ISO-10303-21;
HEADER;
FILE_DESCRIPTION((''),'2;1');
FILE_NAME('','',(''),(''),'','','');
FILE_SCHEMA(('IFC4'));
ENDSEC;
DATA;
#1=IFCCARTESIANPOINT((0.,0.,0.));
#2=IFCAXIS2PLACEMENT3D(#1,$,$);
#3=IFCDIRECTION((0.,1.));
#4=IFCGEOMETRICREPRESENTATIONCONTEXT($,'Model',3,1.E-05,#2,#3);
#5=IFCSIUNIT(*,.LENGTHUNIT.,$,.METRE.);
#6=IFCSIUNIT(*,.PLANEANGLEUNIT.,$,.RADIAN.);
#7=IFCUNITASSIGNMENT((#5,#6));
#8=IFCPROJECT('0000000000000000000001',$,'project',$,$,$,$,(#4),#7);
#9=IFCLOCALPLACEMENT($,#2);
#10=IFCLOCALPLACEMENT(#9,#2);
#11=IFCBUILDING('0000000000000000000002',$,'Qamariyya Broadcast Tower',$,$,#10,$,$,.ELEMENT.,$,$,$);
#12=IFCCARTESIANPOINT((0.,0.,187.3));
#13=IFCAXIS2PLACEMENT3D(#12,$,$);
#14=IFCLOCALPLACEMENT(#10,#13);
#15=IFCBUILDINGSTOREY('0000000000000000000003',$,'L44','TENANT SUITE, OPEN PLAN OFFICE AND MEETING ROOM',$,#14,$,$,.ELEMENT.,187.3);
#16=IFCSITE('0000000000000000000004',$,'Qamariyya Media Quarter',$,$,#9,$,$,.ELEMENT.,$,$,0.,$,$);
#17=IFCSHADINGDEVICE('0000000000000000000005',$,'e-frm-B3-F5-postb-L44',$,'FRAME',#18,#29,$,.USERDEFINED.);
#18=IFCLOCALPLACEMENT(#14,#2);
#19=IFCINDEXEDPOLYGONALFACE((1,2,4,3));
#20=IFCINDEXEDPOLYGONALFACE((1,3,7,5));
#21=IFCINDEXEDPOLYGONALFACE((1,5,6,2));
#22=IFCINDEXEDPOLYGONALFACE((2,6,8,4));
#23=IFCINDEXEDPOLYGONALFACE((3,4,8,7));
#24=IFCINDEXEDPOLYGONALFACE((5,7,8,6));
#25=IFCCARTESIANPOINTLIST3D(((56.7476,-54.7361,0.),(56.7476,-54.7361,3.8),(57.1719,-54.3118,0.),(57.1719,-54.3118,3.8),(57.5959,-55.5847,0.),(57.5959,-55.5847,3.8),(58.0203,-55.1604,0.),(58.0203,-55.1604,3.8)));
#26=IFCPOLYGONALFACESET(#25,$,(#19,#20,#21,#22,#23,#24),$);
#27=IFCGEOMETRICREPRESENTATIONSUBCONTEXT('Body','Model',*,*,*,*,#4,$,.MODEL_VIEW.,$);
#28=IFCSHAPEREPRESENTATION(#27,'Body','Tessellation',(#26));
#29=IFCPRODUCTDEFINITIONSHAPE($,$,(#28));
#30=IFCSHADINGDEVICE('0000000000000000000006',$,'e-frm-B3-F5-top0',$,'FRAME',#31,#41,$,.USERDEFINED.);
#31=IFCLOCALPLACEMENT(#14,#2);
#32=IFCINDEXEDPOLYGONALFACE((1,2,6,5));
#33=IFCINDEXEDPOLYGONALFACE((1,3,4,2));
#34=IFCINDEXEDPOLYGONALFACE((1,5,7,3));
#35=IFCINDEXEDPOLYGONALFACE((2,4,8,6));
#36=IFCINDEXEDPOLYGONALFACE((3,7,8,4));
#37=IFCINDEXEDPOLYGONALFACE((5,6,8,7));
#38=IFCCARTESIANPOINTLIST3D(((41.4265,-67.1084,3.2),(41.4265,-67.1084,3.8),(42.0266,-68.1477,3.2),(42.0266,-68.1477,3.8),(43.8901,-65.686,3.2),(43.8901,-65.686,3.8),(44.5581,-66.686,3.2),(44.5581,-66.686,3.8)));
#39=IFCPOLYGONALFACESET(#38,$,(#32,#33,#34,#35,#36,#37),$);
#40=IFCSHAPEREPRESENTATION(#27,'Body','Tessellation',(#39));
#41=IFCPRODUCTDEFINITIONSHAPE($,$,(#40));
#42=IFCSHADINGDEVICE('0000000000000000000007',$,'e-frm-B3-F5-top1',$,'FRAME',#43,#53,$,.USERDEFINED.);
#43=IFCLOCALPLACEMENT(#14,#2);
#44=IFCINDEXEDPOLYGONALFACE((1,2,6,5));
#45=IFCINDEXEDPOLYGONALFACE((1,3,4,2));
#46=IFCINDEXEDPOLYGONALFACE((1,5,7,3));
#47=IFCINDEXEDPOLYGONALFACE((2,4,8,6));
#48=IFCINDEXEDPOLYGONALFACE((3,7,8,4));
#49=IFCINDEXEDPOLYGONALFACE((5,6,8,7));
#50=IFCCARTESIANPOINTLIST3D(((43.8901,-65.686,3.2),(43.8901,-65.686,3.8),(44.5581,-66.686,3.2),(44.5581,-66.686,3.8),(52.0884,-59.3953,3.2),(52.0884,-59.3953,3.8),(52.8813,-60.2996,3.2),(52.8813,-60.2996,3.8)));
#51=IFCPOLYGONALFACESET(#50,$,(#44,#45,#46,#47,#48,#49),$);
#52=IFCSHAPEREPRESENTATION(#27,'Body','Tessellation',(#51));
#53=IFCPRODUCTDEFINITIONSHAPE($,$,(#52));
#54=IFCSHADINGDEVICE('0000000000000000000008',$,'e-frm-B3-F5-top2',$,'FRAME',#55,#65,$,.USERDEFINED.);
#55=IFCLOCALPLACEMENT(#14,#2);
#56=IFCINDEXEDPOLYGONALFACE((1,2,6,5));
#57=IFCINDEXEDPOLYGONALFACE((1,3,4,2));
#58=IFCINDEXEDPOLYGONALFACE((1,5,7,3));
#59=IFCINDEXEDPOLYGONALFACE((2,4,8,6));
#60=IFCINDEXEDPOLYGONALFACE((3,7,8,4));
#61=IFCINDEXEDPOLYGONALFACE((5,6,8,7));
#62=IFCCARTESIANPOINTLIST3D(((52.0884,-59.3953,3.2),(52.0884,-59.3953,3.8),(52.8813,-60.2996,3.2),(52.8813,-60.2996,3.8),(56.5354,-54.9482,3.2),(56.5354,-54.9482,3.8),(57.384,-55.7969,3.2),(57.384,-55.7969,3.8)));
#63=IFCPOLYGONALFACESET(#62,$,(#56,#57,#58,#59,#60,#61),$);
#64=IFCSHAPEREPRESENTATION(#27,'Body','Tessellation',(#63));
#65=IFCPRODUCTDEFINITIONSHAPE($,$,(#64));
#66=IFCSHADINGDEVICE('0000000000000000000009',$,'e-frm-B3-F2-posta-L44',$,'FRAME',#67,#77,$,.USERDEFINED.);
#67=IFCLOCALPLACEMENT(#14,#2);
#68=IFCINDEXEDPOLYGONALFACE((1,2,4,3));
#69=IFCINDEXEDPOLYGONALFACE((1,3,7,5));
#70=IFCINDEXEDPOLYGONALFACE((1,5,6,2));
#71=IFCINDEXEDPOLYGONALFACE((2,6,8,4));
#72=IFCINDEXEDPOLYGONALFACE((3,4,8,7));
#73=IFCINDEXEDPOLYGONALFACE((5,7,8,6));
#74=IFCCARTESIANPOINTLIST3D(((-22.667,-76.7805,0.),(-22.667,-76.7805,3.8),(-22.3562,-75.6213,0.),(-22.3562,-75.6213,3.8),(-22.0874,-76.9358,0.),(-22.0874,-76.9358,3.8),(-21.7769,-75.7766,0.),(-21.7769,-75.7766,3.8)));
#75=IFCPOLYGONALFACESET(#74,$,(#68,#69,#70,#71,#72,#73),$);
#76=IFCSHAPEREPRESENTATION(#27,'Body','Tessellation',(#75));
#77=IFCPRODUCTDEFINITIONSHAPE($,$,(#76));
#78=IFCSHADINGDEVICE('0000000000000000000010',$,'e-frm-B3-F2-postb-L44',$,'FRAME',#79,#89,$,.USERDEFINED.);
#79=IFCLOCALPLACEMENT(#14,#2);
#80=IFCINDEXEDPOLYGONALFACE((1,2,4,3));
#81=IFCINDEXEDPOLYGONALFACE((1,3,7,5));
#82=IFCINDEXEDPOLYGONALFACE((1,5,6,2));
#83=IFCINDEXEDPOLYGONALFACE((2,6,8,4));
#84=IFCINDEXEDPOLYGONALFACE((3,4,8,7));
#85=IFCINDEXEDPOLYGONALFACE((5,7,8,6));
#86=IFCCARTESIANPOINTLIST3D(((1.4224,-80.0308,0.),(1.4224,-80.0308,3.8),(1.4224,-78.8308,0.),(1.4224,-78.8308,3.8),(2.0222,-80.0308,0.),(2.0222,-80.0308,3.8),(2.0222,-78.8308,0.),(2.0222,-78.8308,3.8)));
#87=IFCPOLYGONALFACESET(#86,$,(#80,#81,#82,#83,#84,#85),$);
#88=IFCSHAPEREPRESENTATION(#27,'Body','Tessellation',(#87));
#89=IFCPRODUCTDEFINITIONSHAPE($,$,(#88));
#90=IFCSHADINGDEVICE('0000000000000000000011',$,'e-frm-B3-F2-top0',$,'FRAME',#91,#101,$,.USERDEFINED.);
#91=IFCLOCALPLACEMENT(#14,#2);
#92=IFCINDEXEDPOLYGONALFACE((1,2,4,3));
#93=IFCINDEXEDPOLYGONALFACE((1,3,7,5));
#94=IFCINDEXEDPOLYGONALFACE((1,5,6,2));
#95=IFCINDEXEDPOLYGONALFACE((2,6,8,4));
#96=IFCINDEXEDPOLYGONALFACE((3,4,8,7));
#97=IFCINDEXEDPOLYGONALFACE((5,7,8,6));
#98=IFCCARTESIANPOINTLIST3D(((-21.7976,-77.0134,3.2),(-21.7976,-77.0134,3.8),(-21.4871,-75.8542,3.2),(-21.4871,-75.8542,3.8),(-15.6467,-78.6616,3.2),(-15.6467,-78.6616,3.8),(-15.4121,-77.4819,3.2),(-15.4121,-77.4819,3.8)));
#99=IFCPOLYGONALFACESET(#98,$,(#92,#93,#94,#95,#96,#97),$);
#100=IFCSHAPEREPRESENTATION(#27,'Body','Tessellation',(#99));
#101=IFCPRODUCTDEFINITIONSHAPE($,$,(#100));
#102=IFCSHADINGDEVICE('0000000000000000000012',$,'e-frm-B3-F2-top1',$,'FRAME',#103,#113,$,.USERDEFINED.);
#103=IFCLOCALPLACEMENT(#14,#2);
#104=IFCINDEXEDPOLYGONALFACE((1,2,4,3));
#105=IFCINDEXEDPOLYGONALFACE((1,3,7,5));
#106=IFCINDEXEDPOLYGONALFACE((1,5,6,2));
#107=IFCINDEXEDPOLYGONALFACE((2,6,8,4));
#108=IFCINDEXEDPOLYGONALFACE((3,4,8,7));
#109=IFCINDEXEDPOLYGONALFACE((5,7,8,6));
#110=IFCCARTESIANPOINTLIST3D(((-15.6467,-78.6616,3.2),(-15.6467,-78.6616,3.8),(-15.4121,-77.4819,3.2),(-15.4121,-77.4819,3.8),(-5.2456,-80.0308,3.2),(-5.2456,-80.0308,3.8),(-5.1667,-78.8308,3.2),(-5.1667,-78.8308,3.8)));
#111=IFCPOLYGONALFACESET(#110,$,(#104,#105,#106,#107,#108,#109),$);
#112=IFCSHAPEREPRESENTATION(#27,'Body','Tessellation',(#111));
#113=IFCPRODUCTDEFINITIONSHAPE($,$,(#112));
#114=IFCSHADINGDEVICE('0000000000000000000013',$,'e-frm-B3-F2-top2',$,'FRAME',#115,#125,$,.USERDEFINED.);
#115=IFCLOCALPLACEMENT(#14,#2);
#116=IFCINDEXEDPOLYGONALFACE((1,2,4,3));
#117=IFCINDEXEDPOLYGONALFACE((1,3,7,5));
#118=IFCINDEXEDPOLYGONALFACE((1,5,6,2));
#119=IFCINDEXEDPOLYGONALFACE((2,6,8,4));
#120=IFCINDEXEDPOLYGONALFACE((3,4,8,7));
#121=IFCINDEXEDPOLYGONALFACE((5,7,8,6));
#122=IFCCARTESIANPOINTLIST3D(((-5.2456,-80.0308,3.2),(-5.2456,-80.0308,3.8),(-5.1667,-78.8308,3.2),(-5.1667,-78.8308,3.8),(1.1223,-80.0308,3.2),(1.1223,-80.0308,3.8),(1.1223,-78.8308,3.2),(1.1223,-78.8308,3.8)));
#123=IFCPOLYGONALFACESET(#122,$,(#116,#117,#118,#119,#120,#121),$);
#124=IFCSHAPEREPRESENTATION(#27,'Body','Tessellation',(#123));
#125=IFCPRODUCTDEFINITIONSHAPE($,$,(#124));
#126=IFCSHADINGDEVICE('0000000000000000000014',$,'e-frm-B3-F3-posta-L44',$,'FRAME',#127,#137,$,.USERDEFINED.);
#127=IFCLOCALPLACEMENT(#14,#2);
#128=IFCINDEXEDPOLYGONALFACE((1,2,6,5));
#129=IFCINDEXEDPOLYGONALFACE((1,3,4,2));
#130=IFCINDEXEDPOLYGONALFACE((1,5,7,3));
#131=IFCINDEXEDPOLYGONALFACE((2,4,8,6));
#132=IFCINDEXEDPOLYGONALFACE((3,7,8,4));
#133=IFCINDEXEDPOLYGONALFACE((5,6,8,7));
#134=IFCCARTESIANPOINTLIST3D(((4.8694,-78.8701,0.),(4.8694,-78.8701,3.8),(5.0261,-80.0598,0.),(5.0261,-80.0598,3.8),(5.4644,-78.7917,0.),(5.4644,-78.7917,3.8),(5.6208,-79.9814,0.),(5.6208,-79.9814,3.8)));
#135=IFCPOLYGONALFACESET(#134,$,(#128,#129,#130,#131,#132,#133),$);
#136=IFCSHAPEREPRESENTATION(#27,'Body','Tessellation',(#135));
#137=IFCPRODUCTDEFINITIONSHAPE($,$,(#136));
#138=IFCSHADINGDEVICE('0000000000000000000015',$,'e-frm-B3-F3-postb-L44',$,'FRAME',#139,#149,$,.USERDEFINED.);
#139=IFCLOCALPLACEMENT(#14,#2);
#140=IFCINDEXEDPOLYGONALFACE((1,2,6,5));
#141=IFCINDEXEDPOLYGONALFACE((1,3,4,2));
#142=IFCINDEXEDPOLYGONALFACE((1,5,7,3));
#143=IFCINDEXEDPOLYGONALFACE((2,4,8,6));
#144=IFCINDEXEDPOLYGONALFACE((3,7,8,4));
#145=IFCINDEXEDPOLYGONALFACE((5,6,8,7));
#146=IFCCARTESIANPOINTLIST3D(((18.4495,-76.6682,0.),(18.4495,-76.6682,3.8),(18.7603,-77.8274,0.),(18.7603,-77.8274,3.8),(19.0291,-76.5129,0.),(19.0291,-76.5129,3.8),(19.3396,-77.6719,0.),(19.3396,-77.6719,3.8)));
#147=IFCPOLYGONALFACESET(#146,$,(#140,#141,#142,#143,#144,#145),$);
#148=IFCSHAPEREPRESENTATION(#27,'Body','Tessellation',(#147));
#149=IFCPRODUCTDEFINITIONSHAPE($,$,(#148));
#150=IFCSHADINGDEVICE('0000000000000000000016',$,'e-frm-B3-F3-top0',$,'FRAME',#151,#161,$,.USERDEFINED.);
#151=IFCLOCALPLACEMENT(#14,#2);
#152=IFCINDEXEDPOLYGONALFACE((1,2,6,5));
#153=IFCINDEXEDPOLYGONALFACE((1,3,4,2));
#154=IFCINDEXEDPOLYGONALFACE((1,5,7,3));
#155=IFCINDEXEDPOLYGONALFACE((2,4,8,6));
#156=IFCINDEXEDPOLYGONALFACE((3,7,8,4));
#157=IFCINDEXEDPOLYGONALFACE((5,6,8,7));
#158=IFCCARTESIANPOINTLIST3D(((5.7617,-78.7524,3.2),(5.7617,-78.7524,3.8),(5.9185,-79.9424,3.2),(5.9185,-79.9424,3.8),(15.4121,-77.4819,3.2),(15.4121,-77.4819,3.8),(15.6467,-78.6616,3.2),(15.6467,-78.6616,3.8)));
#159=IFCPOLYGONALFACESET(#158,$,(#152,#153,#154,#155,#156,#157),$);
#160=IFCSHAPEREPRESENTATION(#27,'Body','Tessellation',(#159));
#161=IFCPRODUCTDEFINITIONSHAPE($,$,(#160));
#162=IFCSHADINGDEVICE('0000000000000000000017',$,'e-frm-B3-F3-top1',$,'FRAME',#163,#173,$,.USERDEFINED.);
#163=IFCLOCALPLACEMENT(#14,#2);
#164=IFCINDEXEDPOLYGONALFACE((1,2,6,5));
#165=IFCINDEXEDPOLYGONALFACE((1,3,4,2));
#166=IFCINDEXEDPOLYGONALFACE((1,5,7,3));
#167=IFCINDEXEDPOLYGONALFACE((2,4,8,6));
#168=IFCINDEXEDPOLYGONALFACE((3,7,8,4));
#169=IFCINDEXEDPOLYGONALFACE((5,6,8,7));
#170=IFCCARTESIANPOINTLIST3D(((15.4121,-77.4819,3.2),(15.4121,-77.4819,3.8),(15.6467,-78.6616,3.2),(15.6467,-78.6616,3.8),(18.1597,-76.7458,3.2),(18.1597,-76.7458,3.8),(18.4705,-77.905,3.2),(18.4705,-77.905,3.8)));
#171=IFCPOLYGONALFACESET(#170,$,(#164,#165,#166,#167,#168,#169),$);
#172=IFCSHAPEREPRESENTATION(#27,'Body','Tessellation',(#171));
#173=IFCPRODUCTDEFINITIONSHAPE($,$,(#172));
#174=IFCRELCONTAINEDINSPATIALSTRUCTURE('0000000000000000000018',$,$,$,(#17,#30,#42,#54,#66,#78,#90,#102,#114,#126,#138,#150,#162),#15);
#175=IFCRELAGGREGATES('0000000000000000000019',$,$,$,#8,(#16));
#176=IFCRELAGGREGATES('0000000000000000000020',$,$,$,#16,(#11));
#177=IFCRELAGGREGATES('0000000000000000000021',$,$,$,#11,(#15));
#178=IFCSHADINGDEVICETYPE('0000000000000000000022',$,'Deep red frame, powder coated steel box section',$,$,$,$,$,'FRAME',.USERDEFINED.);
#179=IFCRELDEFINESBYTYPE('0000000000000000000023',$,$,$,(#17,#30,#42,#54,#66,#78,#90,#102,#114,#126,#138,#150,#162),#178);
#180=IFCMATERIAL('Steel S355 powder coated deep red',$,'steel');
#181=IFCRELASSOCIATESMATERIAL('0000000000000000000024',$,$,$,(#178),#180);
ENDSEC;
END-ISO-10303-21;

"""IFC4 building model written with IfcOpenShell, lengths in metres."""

from ifc_helpers import new_model, si_unit, direction, frame, origin, place, context, subcontext, project, spatial, polyline, outline, extrude, material, type_object, element, save


model = new_model("IFC4")

# Units and contexts
model_context = context("Model", 3, precision=1e-05, world=origin(), true_north=direction((0.0, 1.0)))
body_context = subcontext(model_context, "Body", "Model", "MODEL_VIEW")
ifc_project = project(units=[si_unit("LENGTHUNIT", "METRE"), si_unit("PLANEANGLEUNIT", "RADIAN")], contexts=[model_context])

# Site, building, storey
site_placement = place(None, origin())
building_placement = place(site_placement, origin())
storey_placement = place(building_placement, frame((0.0, 0.0, 187.3)))
site = spatial("IfcSite", under=ifc_project, at=site_placement, Name="Qamariyya Media Quarter", CompositionType="ELEMENT", RefElevation=0.0)
building = spatial("IfcBuilding", under=site, at=building_placement, Name="Qamariyya Broadcast Tower", CompositionType="ELEMENT")
storey = spatial("IfcBuildingStorey", under=building, at=storey_placement, Name="L44", Description="TENANT SUITE, OPEN PLAN OFFICE AND MEETING ROOM", CompositionType="ELEMENT", Elevation=187.3)

# Shading devices
ifc_material_1 = material(Name="Steel S355 powder coated deep red", Category="steel")
shading_device_type = type_object("IfcShadingDeviceType", Name="Deep red frame, powder coated steel box section", ElementType="FRAME", PredefinedType="USERDEFINED", material=ifc_material_1)
shading_device_1_placement = place(storey_placement, origin())
element("IfcShadingDevice", 1, at=shading_device_1_placement, inside=storey, type_object=shading_device_type, Name="e-frm-B3-F5-postb-L44", ObjectType="FRAME", PredefinedType="USERDEFINED", context=body_context, shape_type="SweptSolid", body=[
    extrude(outline(polyline([(56.7476, -54.7361), (57.5959, -55.5847), (58.0203, -55.1604), (57.1719, -54.3118), (56.7476, -54.7361)])), origin(), (0.0, 0.0, 1.0), 3.8),
])
shading_device_2_placement = place(storey_placement, frame((0.0, 0.0, 3.2)))
element("IfcShadingDevice", 2, at=shading_device_2_placement, inside=storey, type_object=shading_device_type, Name="e-frm-B3-F5-top0", ObjectType="FRAME", PredefinedType="USERDEFINED", context=body_context, shape_type="SweptSolid", body=[
    extrude(outline(polyline([(41.4265, -67.1084), (42.0266, -68.1477), (44.5581, -66.686), (43.8901, -65.686), (41.4265, -67.1084)])), origin(), (0.0, 0.0, 1.0), 0.6001),
])
shading_device_3_placement = place(storey_placement, frame((0.0, 0.0, 3.2)))
element("IfcShadingDevice", 3, at=shading_device_3_placement, inside=storey, type_object=shading_device_type, Name="e-frm-B3-F5-top1", ObjectType="FRAME", PredefinedType="USERDEFINED", context=body_context, shape_type="SweptSolid", body=[
    extrude(outline(polyline([(43.8901, -65.686), (44.5581, -66.686), (52.8813, -60.2996), (52.0884, -59.3953), (43.8901, -65.686)])), origin(), (0.0, 0.0, 1.0), 0.6001),
])
shading_device_4_placement = place(storey_placement, frame((0.0, 0.0, 3.2)))
element("IfcShadingDevice", 4, at=shading_device_4_placement, inside=storey, type_object=shading_device_type, Name="e-frm-B3-F5-top2", ObjectType="FRAME", PredefinedType="USERDEFINED", context=body_context, shape_type="SweptSolid", body=[
    extrude(outline(polyline([(52.0884, -59.3953), (52.8813, -60.2996), (57.384, -55.7969), (56.5354, -54.9482), (52.0884, -59.3953)])), origin(), (0.0, 0.0, 1.0), 0.6001),
])
shading_device_5_placement = place(storey_placement, origin())
element("IfcShadingDevice", 5, at=shading_device_5_placement, inside=storey, type_object=shading_device_type, Name="e-frm-B3-F2-posta-L44", ObjectType="FRAME", PredefinedType="USERDEFINED", context=body_context, shape_type="SweptSolid", body=[
    extrude(outline(polyline([(-22.3562, -75.6213), (-22.667, -76.7805), (-22.0874, -76.9358), (-21.7769, -75.7766), (-22.3562, -75.6213)])), origin(), (0.0, 0.0, 1.0), 3.8),
])
shading_device_6_placement = place(storey_placement, origin())
element("IfcShadingDevice", 6, at=shading_device_6_placement, inside=storey, type_object=shading_device_type, Name="e-frm-B3-F2-postb-L44", ObjectType="FRAME", PredefinedType="USERDEFINED", context=body_context, shape_type="SweptSolid", body=[
    extrude(outline(polyline([(1.4224, -78.8308), (1.4224, -80.0308), (2.0222, -80.0308), (2.0222, -78.8308), (1.4224, -78.8308)])), origin(), (0.0, 0.0, 1.0), 3.8),
])
shading_device_7_placement = place(storey_placement, frame((0.0, 0.0, 3.2)))
element("IfcShadingDevice", 7, at=shading_device_7_placement, inside=storey, type_object=shading_device_type, Name="e-frm-B3-F2-top0", ObjectType="FRAME", PredefinedType="USERDEFINED", context=body_context, shape_type="SweptSolid", body=[
    extrude(outline(polyline([(-21.4871, -75.8542), (-21.7976, -77.0134), (-15.6467, -78.6616), (-15.4121, -77.4819), (-21.4871, -75.8542)])), origin(), (0.0, 0.0, 1.0), 0.6001),
])
shading_device_8_placement = place(storey_placement, frame((0.0, 0.0, 3.2)))
element("IfcShadingDevice", 8, at=shading_device_8_placement, inside=storey, type_object=shading_device_type, Name="e-frm-B3-F2-top1", ObjectType="FRAME", PredefinedType="USERDEFINED", context=body_context, shape_type="SweptSolid", body=[
    extrude(outline(polyline([(-15.4121, -77.4819), (-15.6467, -78.6616), (-5.2456, -80.0308), (-5.1667, -78.8308), (-15.4121, -77.4819)])), origin(), (0.0, 0.0, 1.0), 0.6001),
])
shading_device_9_placement = place(storey_placement, frame((0.0, 0.0, 3.2)))
element("IfcShadingDevice", 9, at=shading_device_9_placement, inside=storey, type_object=shading_device_type, Name="e-frm-B3-F2-top2", ObjectType="FRAME", PredefinedType="USERDEFINED", context=body_context, shape_type="SweptSolid", body=[
    extrude(outline(polyline([(-5.1667, -78.8308), (-5.2456, -80.0308), (1.1223, -80.0308), (1.1223, -78.8308), (-5.1667, -78.8308)])), origin(), (0.0, 0.0, 1.0), 0.6001),
])
shading_device_10_placement = place(storey_placement, origin())
element("IfcShadingDevice", 10, at=shading_device_10_placement, inside=storey, type_object=shading_device_type, Name="e-frm-B3-F3-posta-L44", ObjectType="FRAME", PredefinedType="USERDEFINED", context=body_context, shape_type="SweptSolid", body=[
    extrude(outline(polyline([(4.8694, -78.8701), (5.0261, -80.0598), (5.6208, -79.9814), (5.4644, -78.7917), (4.8694, -78.8701)])), origin(), (0.0, 0.0, 1.0), 3.8),
])
shading_device_11_placement = place(storey_placement, origin())
element("IfcShadingDevice", 11, at=shading_device_11_placement, inside=storey, type_object=shading_device_type, Name="e-frm-B3-F3-postb-L44", ObjectType="FRAME", PredefinedType="USERDEFINED", context=body_context, shape_type="SweptSolid", body=[
    extrude(outline(polyline([(18.4495, -76.6682), (18.7603, -77.8274), (19.3396, -77.6719), (19.0291, -76.5129), (18.4495, -76.6682)])), origin(), (0.0, 0.0, 1.0), 3.8),
])
shading_device_12_placement = place(storey_placement, frame((0.0, 0.0, 3.2)))
element("IfcShadingDevice", 12, at=shading_device_12_placement, inside=storey, type_object=shading_device_type, Name="e-frm-B3-F3-top0", ObjectType="FRAME", PredefinedType="USERDEFINED", context=body_context, shape_type="SweptSolid", body=[
    extrude(outline(polyline([(5.7617, -78.7524), (5.9185, -79.9424), (15.6467, -78.6616), (15.4121, -77.4819), (5.7617, -78.7524)])), origin(), (0.0, 0.0, 1.0), 0.6001),
])
shading_device_13_placement = place(storey_placement, frame((0.0, 0.0, 3.2)))
element("IfcShadingDevice", 13, at=shading_device_13_placement, inside=storey, type_object=shading_device_type, Name="e-frm-B3-F3-top1", ObjectType="FRAME", PredefinedType="USERDEFINED", context=body_context, shape_type="SweptSolid", body=[
    extrude(outline(polyline([(15.4121, -77.4819), (15.6467, -78.6616), (18.4705, -77.905), (18.1597, -76.7458), (15.4121, -77.4819)])), origin(), (0.0, 0.0, 1.0), 0.6001),
])

save(model, "model.ifc")
